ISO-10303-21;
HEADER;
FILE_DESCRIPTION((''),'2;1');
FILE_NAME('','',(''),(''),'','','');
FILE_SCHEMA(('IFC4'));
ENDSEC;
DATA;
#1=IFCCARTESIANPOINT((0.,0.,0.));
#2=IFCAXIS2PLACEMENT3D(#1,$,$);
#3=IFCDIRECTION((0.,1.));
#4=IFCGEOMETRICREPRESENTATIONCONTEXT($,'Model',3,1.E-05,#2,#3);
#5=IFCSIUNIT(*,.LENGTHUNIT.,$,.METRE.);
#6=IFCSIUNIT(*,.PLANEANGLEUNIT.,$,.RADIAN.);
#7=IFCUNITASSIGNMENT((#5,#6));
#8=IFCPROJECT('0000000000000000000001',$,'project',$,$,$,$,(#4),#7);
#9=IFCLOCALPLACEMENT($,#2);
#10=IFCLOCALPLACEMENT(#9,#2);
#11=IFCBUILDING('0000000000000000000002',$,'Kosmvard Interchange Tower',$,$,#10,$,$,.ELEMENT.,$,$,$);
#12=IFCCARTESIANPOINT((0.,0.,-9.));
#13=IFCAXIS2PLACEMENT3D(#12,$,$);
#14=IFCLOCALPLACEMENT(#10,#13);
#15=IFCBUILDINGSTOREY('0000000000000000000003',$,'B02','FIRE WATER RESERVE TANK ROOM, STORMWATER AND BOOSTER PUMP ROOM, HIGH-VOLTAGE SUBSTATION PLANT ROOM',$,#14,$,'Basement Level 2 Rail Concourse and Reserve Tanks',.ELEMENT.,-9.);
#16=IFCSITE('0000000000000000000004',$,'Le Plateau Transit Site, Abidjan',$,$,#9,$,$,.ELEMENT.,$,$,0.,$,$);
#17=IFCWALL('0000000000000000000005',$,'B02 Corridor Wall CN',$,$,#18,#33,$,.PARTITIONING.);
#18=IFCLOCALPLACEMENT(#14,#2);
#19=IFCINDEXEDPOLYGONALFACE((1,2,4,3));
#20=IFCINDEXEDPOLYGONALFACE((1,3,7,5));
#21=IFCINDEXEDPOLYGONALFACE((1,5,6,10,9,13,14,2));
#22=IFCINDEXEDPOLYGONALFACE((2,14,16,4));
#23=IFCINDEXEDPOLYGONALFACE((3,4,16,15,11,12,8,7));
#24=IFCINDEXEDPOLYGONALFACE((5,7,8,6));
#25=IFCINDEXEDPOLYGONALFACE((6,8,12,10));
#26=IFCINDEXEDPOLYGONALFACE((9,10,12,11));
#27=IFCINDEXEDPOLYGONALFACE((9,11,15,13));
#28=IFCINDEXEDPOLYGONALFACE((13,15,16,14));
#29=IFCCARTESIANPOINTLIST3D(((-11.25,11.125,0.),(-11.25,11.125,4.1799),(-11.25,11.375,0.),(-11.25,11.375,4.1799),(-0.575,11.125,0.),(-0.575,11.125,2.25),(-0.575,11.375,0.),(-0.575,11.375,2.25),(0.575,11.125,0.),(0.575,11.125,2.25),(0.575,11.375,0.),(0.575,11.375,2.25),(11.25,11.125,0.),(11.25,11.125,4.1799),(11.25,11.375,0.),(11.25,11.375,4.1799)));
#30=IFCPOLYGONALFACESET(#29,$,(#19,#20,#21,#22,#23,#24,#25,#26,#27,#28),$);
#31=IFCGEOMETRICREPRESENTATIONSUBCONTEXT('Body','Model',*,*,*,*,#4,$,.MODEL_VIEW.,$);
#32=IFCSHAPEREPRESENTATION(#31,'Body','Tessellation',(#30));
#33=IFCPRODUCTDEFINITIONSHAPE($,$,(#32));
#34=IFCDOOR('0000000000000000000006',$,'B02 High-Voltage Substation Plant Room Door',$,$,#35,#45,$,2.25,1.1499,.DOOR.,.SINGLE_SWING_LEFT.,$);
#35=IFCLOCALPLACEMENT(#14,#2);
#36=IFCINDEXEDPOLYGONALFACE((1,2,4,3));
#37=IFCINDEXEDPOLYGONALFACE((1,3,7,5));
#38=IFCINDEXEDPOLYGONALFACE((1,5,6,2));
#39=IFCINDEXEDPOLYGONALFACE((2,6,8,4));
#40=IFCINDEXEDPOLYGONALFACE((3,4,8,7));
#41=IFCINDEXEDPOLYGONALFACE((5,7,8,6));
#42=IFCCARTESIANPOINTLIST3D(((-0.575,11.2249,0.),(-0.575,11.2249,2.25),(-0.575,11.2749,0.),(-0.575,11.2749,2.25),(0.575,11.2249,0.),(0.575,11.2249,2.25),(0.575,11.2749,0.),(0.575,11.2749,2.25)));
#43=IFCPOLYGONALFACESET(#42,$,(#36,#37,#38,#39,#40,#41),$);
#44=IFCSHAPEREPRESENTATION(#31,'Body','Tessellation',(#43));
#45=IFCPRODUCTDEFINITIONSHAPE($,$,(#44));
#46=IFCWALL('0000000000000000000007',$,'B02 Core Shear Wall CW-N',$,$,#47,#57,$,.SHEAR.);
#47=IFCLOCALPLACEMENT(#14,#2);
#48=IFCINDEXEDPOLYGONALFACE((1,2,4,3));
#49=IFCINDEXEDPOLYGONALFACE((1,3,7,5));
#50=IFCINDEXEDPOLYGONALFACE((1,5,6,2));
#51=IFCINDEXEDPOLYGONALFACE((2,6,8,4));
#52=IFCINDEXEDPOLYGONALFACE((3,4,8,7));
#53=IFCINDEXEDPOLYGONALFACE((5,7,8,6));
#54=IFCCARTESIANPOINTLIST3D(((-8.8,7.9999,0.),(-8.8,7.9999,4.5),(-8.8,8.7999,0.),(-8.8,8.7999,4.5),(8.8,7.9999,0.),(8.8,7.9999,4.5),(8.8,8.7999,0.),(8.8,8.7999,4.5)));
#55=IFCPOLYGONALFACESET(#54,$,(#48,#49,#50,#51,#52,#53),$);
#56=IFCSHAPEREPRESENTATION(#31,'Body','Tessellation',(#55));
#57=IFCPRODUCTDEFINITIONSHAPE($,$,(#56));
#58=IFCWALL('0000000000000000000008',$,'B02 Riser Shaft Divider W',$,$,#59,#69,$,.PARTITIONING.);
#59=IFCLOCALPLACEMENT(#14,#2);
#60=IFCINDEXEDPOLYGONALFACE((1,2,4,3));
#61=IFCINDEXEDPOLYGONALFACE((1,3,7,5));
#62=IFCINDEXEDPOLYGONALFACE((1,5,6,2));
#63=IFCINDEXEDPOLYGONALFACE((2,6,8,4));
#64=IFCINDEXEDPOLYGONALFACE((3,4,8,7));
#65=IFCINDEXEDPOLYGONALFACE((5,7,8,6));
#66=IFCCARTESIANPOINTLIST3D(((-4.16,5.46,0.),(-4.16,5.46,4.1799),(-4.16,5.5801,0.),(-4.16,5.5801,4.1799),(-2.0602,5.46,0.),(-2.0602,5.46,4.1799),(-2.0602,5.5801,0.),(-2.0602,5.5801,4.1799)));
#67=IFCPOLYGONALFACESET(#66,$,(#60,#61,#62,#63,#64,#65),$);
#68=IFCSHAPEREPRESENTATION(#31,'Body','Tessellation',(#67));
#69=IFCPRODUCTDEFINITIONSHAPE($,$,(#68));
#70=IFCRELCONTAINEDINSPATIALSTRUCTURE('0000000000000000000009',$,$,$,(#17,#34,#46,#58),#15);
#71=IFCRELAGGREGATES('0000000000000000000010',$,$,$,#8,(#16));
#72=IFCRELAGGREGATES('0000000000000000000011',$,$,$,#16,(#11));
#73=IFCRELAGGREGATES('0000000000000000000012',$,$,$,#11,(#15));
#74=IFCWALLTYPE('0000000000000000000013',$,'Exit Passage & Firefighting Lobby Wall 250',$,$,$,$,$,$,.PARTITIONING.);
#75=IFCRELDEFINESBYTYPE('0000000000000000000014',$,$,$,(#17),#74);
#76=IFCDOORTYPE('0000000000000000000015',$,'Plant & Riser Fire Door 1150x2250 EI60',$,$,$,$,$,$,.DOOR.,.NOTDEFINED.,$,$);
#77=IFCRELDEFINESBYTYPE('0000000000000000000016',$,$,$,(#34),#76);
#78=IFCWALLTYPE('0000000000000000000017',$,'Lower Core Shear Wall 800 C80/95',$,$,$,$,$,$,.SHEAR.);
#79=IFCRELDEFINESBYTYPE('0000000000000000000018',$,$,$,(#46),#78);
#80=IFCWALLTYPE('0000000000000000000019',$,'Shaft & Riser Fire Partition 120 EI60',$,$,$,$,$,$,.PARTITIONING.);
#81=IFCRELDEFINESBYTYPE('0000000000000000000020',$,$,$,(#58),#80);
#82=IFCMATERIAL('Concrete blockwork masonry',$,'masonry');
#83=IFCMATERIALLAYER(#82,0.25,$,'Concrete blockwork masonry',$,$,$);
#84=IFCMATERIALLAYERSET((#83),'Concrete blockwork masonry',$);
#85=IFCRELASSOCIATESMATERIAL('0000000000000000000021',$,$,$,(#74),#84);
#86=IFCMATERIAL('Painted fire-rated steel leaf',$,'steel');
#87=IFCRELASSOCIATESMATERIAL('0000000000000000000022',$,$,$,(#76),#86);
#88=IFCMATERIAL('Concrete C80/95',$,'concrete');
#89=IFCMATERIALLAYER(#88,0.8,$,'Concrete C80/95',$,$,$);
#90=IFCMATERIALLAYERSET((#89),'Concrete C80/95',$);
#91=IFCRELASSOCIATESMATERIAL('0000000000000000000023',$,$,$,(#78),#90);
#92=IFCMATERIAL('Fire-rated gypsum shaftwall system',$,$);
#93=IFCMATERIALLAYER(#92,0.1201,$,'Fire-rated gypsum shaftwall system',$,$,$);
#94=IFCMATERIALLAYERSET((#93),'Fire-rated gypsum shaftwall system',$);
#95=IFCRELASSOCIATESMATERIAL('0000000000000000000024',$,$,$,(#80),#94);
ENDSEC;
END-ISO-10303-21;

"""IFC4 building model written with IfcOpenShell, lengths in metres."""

from ifc_helpers import new_model, si_unit, direction, frame, frame_2d, origin, place, context, subcontext, project, spatial, rectangle, extrude, source, transform, mapped, material, layer, layer_set, type_object, element, fill, save


model = new_model("IFC4")

# Units and contexts
model_context = context("Model", 3, precision=1e-05, world=origin(), true_north=direction((0.0, 1.0)))
body_context = subcontext(model_context, "Body", "Model", "MODEL_VIEW")
ifc_project = project(units=[si_unit("LENGTHUNIT", "METRE"), si_unit("PLANEANGLEUNIT", "RADIAN")], contexts=[model_context])

# Site, building, storey
site_placement = place(None, origin())
site = spatial("IfcSite", under=ifc_project, at=site_placement, Name="Le Plateau Transit Site, Abidjan", CompositionType="ELEMENT", RefElevation=0.0)
building_placement = place(site_placement, origin())
building = spatial("IfcBuilding", under=site, at=building_placement, Name="Kosmvard Interchange Tower", CompositionType="ELEMENT")
storey_placement = place(building_placement, frame((0.0, 0.0, -9.0)))
storey = spatial("IfcBuildingStorey", under=building, at=storey_placement, Name="B02", Description="FIRE WATER RESERVE TANK ROOM, STORMWATER AND BOOSTER PUMP ROOM, HIGH-VOLTAGE SUBSTATION PLANT ROOM", LongName="Basement Level 2 Rail Concourse and Reserve Tanks", CompositionType="ELEMENT", Elevation=-9.0)

# Shared definitions
ifc_material_1 = material(Name="Concrete C80/95", Category="concrete")

# Wall, opening, door
ifc_material_2 = material(Name="Concrete blockwork masonry", Category="masonry")
ifc_layer_1 = layer(ifc_material_2, 0.25, Name="Concrete blockwork masonry")
ifc_layer_set_1 = layer_set([ifc_layer_1], Name="Concrete blockwork masonry")
wall_type_1 = type_object("IfcWallType", Name="Exit Passage & Firefighting Lobby Wall 250", PredefinedType="PARTITIONING", material=ifc_layer_set_1)
wall_1_placement = place(storey_placement, frame((-11.25, 11.25, 0.0), z_axis=(0.0, 0.0, 1.0), x_axis=(1.0, 0.0, 0.0)))
wall_1 = element("IfcWall", 1, at=wall_1_placement, inside=storey, type_object=wall_type_1, Name="B02 Corridor Wall CN", PredefinedType="PARTITIONING", context=body_context, shape_type="SweptSolid", body=[
    extrude(rectangle(XDim=22.5, YDim=0.25, at=frame_2d((11.25, 0.0))), origin(), (0.0, 0.0, 1.0), 4.1799),
])
opening_placement = place(wall_1_placement, frame((10.675, 0.0, 0.0)))
opening = element("IfcOpeningElement", 2, at=opening_placement, cuts=wall_1, PredefinedType="OPENING", context=body_context, shape_type="SweptSolid", body=[
    extrude(rectangle(XDim=1.1499, YDim=2.25, at=frame_2d((0.575, 1.125))), frame((0.0, 0.135, 0.0), z_axis=(0.0, -1.0, 0.0), x_axis=(1.0, 0.0, 0.0)), (0.0, 0.0, 1.0), 0.27),
])
ifc_material_3 = material(Name="Painted fire-rated steel leaf", Category="steel")
door_type = type_object("IfcDoorType", Name="Plant & Riser Fire Door 1150x2250 EI60", OperationType="NOTDEFINED", PredefinedType="DOOR", material=ifc_material_3)
shared_shape_1 = source(origin(), body_context, "Body", "SweptSolid", [
    extrude(rectangle(XDim=1.1499, YDim=2.25, at=frame_2d((0.575, 1.125))), frame((0.0, 0.0249, 0.0), z_axis=(0.0, -1.0, 0.0), x_axis=(1.0, 0.0, 0.0)), (0.0, 0.0, 1.0), 0.05),
])
door_placement = place(opening_placement, origin())
door = element("IfcDoor", 3, at=door_placement, inside=storey, type_object=door_type, Name="B02 High-Voltage Substation Plant Room Door", OperationType="SINGLE_SWING_LEFT", OverallHeight=2.25, OverallWidth=1.1499, PredefinedType="DOOR", context=body_context, shape_type="MappedRepresentation", body=[
    mapped(shared_shape_1, transform((0.0, 0.0, 0.0), scale=1.0)),
])
fill(opening, door)

# Walls
ifc_layer_2 = layer(ifc_material_1, 0.8, Name="Concrete C80/95")
ifc_layer_set_2 = layer_set([ifc_layer_2], Name="Concrete C80/95")
wall_type_2 = type_object("IfcWallType", Name="Lower Core Shear Wall 800 C80/95", PredefinedType="SHEAR", material=ifc_layer_set_2)
wall_2_placement = place(storey_placement, frame((-8.8, 8.3999, 0.0), z_axis=(0.0, 0.0, 1.0), x_axis=(1.0, 0.0, 0.0)))
element("IfcWall", 4, at=wall_2_placement, inside=storey, type_object=wall_type_2, Name="B02 Core Shear Wall CW-N", PredefinedType="SHEAR", context=body_context, shape_type="SweptSolid", body=[
    extrude(rectangle(XDim=17.6001, YDim=0.8, at=frame_2d((8.8, 0.0))), origin(), (0.0, 0.0, 1.0), 4.5),
])
ifc_material_4 = material(Name="Fire-rated gypsum shaftwall system")
ifc_layer_3 = layer(ifc_material_4, 0.1201, Name="Fire-rated gypsum shaftwall system")
ifc_layer_set_3 = layer_set([ifc_layer_3], Name="Fire-rated gypsum shaftwall system")
wall_type_3 = type_object("IfcWallType", Name="Shaft & Riser Fire Partition 120 EI60", PredefinedType="PARTITIONING", material=ifc_layer_set_3)
wall_3_placement = place(storey_placement, frame((-4.1599, 5.52, 0.0), z_axis=(0.0, 0.0, 1.0), x_axis=(1.0, 0.0, 0.0)))
element("IfcWall", 5, at=wall_3_placement, inside=storey, type_object=wall_type_3, Name="B02 Riser Shaft Divider W", PredefinedType="PARTITIONING", context=body_context, shape_type="SweptSolid", body=[
    extrude(rectangle(XDim=2.0999, YDim=0.1201, at=frame_2d((1.0498, 0.0))), origin(), (0.0, 0.0, 1.0), 4.1799),
])

save(model, "model.ifc")
